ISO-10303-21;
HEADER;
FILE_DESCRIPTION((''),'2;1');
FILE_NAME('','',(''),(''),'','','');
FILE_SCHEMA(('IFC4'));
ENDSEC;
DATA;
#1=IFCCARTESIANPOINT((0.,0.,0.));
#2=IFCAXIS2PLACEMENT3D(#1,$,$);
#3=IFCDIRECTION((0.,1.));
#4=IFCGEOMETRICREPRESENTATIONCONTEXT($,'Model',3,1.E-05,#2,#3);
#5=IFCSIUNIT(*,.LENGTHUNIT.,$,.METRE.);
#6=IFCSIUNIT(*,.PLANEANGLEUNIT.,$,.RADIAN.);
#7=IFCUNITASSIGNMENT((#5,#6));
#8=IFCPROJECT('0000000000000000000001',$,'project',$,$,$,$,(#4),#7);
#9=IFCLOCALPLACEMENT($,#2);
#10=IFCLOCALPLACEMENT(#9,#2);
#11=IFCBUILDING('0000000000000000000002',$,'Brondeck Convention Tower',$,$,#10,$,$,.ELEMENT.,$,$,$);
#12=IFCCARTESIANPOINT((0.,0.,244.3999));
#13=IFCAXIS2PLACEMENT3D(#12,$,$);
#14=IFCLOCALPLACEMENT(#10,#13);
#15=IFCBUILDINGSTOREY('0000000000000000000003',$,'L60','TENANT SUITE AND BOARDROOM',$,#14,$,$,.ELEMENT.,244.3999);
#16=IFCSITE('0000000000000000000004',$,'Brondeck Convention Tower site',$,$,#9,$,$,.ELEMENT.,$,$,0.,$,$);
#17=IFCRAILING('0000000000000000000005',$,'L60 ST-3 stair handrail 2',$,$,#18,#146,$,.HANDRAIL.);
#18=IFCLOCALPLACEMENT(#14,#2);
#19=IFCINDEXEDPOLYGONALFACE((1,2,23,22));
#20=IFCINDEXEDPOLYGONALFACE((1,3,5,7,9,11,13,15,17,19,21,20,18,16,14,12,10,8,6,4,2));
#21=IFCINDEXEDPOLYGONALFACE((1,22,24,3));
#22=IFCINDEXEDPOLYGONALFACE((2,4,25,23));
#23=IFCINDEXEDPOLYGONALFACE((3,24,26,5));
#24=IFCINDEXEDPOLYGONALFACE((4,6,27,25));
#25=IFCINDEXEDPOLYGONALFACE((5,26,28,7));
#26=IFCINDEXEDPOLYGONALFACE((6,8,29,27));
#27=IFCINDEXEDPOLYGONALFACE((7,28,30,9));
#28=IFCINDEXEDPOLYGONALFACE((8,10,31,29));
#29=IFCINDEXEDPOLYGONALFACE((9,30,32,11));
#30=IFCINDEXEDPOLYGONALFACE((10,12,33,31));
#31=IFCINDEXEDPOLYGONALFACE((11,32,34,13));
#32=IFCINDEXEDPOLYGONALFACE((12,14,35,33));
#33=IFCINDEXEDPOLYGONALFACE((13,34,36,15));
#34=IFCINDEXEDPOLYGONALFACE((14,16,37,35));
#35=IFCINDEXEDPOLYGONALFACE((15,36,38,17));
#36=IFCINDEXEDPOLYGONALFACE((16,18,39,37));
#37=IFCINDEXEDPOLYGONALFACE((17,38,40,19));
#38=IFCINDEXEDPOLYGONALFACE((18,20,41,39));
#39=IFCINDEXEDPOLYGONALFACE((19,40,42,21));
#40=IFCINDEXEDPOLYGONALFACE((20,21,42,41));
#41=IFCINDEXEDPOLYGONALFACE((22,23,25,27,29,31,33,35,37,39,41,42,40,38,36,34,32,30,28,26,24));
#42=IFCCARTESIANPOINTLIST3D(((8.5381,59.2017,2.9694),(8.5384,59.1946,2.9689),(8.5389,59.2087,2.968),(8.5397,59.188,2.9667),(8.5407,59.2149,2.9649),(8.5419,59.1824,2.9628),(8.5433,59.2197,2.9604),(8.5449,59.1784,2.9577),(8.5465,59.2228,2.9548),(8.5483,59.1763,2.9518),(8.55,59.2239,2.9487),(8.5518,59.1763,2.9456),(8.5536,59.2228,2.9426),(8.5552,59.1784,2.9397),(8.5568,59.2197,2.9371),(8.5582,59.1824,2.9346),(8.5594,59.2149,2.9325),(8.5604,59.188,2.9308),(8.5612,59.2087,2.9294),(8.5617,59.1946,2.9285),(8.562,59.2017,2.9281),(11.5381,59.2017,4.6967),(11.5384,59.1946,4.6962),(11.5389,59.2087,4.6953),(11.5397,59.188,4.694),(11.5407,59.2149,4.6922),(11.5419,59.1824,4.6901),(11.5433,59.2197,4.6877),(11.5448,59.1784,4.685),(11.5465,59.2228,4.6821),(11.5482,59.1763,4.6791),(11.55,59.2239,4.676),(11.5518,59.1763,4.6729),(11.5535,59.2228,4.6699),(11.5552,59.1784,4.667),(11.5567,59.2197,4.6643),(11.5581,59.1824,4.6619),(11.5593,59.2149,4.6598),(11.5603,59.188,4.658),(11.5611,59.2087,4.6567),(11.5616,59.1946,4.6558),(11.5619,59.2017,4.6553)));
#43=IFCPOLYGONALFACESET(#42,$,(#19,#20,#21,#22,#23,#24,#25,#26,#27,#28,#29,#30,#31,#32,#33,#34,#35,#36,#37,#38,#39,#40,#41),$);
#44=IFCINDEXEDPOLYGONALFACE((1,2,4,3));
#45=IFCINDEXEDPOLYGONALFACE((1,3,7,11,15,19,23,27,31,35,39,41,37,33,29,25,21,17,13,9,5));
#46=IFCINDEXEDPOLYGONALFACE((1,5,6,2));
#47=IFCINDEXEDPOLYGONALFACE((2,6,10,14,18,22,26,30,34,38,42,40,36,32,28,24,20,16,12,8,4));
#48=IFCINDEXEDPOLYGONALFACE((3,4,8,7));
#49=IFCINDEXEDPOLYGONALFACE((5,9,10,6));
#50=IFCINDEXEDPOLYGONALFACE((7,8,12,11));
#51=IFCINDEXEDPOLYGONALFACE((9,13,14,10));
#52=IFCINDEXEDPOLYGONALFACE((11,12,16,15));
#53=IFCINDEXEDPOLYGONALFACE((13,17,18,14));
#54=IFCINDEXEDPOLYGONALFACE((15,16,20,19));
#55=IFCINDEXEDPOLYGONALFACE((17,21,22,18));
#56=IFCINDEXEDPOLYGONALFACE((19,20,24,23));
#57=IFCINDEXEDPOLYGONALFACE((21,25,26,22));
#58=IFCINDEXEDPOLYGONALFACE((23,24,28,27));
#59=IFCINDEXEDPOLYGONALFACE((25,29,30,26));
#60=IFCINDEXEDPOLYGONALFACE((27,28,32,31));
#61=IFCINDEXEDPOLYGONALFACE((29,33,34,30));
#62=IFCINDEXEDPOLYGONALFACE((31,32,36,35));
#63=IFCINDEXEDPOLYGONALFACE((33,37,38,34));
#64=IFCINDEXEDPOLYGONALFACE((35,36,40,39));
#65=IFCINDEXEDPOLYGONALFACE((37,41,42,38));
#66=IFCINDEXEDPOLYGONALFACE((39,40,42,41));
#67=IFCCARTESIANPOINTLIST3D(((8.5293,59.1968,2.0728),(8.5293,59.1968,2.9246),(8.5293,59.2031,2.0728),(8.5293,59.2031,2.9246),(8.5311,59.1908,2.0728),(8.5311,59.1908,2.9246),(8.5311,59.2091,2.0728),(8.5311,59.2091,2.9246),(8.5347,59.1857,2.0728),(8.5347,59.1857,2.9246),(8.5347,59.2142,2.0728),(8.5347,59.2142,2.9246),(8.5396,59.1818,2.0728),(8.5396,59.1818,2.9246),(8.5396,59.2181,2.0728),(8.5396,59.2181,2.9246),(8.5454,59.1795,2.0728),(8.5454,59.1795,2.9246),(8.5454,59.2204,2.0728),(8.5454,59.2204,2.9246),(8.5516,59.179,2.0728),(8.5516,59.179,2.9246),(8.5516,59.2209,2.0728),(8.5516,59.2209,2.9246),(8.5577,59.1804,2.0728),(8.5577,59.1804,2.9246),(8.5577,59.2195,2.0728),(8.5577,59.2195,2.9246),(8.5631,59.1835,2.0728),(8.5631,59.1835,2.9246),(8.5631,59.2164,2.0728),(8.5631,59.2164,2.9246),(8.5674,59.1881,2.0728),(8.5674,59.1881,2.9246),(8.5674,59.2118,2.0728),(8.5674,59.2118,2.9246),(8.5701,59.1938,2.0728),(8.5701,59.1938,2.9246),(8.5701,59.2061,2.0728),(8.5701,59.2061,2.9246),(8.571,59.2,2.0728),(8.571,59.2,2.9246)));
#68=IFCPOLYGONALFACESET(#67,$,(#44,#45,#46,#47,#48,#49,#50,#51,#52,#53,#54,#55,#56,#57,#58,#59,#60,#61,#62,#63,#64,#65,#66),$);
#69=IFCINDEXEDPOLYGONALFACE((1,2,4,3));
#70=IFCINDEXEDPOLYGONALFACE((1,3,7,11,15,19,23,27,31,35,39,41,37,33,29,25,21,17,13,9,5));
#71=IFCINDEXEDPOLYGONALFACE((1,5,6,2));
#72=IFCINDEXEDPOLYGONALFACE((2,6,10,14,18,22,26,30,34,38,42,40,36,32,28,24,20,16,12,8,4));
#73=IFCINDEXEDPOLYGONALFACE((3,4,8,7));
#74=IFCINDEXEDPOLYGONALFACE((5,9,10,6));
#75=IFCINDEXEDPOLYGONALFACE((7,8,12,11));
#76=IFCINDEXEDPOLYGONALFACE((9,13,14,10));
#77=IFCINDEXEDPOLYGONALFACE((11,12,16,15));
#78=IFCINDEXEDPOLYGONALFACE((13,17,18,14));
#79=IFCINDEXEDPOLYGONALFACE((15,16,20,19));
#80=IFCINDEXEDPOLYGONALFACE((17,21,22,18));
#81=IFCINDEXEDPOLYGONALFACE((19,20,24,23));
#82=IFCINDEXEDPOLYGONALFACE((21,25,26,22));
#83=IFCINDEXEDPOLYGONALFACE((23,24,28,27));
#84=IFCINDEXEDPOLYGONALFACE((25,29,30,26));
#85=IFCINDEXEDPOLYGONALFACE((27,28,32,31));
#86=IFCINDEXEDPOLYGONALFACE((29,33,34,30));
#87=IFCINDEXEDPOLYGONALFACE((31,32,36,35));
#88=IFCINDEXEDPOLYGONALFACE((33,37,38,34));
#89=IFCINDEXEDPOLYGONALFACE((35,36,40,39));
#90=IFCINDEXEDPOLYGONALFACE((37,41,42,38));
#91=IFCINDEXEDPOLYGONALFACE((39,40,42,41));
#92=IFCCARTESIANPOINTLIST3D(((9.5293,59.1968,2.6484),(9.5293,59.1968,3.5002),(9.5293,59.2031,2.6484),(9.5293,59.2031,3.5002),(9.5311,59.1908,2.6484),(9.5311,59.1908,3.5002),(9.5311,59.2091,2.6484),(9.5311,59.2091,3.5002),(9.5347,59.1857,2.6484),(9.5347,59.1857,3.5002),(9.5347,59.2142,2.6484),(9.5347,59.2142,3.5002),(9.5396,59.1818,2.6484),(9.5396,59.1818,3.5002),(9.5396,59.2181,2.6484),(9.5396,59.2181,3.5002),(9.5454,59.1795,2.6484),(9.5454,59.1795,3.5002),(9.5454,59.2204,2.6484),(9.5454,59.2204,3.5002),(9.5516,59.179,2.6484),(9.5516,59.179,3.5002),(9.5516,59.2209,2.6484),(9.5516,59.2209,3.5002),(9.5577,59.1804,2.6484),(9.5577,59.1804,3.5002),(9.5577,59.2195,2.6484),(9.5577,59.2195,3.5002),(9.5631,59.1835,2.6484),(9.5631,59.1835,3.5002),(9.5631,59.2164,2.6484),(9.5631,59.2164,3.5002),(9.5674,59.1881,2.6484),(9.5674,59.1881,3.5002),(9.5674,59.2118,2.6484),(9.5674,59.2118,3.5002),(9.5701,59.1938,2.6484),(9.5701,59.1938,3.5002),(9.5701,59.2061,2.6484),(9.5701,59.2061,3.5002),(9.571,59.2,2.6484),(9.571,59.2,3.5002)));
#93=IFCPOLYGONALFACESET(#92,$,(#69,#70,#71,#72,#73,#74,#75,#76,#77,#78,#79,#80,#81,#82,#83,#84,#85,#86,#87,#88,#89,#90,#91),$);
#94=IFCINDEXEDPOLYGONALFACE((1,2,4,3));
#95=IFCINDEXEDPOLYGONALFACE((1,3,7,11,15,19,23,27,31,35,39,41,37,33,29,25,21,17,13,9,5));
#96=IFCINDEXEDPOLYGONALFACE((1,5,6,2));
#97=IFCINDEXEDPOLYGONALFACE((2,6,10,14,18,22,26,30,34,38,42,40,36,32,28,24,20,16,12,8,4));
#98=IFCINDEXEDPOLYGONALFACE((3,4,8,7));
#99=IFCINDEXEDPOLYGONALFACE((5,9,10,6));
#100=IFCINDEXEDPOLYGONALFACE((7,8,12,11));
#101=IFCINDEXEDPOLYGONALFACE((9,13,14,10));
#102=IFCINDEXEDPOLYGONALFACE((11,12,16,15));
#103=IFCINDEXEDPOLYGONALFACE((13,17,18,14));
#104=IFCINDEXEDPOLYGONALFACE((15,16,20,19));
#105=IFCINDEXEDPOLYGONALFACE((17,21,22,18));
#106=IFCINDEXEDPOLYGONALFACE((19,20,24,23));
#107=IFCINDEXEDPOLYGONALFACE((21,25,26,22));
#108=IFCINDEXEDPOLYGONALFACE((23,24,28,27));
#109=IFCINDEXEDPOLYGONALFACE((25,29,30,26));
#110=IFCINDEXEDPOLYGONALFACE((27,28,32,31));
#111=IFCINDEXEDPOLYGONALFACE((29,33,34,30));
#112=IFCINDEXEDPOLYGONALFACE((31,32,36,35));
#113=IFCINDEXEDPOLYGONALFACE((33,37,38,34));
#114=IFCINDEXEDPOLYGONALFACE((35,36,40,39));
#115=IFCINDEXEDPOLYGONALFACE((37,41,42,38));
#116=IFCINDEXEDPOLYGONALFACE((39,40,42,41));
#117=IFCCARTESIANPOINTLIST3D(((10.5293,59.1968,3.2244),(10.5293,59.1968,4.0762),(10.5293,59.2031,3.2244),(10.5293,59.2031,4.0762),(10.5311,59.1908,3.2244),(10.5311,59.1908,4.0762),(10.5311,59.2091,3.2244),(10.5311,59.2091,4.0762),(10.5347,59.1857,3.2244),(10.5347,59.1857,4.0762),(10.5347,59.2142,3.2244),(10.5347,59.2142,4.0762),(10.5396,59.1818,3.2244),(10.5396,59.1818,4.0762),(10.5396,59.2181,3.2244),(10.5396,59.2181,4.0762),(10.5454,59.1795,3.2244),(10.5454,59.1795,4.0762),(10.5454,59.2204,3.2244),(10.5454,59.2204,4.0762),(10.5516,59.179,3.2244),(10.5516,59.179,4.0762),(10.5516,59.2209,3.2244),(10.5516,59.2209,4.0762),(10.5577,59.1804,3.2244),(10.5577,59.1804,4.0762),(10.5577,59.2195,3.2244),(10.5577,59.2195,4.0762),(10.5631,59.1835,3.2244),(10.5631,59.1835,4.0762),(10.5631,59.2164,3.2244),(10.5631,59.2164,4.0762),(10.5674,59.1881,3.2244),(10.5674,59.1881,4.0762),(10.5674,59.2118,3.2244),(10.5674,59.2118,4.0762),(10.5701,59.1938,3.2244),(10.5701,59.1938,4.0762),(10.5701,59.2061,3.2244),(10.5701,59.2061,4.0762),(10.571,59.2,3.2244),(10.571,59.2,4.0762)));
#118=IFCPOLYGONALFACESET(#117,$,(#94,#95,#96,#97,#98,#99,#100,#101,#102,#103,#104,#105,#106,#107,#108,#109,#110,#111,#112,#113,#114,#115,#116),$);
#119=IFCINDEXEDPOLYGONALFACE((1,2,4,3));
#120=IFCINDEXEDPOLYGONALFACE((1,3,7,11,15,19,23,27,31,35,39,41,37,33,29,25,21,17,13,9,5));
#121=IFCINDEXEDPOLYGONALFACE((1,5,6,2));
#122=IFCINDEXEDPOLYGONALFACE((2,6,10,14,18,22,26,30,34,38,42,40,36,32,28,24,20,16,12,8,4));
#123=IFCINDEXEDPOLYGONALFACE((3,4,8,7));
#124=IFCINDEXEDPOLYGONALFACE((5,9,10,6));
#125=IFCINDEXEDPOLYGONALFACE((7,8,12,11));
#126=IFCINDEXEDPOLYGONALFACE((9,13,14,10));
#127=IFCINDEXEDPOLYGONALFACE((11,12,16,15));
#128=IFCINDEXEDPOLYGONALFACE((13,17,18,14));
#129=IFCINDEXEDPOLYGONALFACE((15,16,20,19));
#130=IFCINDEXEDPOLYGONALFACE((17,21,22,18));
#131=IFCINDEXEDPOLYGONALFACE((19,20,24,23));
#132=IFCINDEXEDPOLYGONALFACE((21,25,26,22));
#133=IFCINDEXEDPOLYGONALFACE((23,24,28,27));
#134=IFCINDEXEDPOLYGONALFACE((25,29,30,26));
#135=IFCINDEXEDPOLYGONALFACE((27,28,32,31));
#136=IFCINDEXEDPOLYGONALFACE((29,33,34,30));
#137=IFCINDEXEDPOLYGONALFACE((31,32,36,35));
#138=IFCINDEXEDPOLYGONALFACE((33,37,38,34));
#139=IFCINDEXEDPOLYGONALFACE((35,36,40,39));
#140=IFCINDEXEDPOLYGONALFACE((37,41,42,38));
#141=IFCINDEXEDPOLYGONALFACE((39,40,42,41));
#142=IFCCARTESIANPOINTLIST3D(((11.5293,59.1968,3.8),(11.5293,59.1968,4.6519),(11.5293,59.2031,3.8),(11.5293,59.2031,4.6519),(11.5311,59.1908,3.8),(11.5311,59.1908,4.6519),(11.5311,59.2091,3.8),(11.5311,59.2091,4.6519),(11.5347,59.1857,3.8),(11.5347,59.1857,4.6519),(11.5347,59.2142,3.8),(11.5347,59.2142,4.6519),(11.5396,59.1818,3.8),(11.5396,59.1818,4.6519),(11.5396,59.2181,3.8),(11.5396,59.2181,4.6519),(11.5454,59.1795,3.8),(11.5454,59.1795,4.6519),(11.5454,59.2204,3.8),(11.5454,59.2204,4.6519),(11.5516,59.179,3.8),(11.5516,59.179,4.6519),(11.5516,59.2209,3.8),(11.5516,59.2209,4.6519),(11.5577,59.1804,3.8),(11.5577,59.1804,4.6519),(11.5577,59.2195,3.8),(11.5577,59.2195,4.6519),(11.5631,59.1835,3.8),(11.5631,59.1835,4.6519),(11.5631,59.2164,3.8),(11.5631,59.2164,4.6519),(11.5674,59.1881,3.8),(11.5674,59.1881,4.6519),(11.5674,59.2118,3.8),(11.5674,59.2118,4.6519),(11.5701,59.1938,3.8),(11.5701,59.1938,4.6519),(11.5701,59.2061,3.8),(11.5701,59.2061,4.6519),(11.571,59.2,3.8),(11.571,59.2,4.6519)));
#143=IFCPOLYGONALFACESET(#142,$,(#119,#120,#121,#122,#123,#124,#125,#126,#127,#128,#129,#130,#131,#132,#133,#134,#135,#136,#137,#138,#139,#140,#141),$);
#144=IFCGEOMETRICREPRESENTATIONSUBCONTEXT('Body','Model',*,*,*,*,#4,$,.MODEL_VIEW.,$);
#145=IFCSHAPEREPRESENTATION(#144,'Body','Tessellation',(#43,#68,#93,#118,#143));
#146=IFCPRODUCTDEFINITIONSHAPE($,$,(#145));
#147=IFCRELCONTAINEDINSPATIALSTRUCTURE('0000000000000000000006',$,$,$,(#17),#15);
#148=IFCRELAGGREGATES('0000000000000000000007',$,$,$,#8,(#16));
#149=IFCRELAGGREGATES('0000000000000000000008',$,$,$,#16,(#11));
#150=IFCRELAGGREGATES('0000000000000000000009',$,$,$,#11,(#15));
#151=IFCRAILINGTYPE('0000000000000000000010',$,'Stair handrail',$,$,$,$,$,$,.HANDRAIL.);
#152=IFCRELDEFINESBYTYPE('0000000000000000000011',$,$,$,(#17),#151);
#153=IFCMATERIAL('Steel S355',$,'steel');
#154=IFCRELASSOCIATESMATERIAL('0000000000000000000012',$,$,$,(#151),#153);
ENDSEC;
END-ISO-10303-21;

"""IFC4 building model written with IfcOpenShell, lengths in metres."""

from ifc_helpers import new_model, si_unit, direction, frame, origin, origin_2d, place, context, subcontext, project, spatial, circle, extrude, material, type_object, element, save


model = new_model("IFC4")

# Units and contexts
model_context = context("Model", 3, precision=1e-05, world=origin(), true_north=direction((0.0, 1.0)))
body_context = subcontext(model_context, "Body", "Model", "MODEL_VIEW")
ifc_project = project(units=[si_unit("LENGTHUNIT", "METRE"), si_unit("PLANEANGLEUNIT", "RADIAN")], contexts=[model_context])

# Site, building, storey
site_placement = place(None, origin())
site = spatial("IfcSite", under=ifc_project, at=site_placement, Name="Brondeck Convention Tower site", CompositionType="ELEMENT", RefElevation=0.0)
building_placement = place(site_placement, origin())
building = spatial("IfcBuilding", under=site, at=building_placement, Name="Brondeck Convention Tower", CompositionType="ELEMENT")
storey_placement = place(building_placement, frame((0.0, 0.0, 244.3999)))
storey = spatial("IfcBuildingStorey", under=building, at=storey_placement, Name="L60", Description="TENANT SUITE AND BOARDROOM", CompositionType="ELEMENT", Elevation=244.3999)

# Railing
ifc_material_1 = material(Name="Steel S355", Category="steel")
railing_type_1 = type_object("IfcRailingType", Name="Stair handrail", PredefinedType="HANDRAIL", material=ifc_material_1)
railing_1_placement = place(storey_placement, frame((8.55, 59.2, 2.0728)))
element("IfcRailing", 1, at=railing_1_placement, inside=storey, type_object=railing_type_1, Name="L60 ST-3 stair handrail 2", PredefinedType="HANDRAIL", context=body_context, shape_type="SweptSolid", body=[
    extrude(circle(Radius=0.0239, at=origin_2d()), frame((0.0, 0.0, 0.876), z_axis=(0.86662, 0.0, 0.498969), x_axis=(0.0, 1.0, 0.0)), (0.0, 0.0, 1.0), 3.4617),
    extrude(circle(Radius=0.021, at=origin_2d()), origin(), (0.0, 0.0, 1.0), 0.8518),
    extrude(circle(Radius=0.021, at=origin_2d()), frame((1.0, 0.0, 0.5757)), (0.0, 0.0, 1.0), 0.8518),
    extrude(circle(Radius=0.021, at=origin_2d()), frame((2.0, 0.0, 1.1516)), (0.0, 0.0, 1.0), 0.8518),
    extrude(circle(Radius=0.021, at=origin_2d()), frame((3.0, 0.0, 1.7273)), (0.0, 0.0, 1.0), 0.8518),
])

save(model, "model.ifc")
